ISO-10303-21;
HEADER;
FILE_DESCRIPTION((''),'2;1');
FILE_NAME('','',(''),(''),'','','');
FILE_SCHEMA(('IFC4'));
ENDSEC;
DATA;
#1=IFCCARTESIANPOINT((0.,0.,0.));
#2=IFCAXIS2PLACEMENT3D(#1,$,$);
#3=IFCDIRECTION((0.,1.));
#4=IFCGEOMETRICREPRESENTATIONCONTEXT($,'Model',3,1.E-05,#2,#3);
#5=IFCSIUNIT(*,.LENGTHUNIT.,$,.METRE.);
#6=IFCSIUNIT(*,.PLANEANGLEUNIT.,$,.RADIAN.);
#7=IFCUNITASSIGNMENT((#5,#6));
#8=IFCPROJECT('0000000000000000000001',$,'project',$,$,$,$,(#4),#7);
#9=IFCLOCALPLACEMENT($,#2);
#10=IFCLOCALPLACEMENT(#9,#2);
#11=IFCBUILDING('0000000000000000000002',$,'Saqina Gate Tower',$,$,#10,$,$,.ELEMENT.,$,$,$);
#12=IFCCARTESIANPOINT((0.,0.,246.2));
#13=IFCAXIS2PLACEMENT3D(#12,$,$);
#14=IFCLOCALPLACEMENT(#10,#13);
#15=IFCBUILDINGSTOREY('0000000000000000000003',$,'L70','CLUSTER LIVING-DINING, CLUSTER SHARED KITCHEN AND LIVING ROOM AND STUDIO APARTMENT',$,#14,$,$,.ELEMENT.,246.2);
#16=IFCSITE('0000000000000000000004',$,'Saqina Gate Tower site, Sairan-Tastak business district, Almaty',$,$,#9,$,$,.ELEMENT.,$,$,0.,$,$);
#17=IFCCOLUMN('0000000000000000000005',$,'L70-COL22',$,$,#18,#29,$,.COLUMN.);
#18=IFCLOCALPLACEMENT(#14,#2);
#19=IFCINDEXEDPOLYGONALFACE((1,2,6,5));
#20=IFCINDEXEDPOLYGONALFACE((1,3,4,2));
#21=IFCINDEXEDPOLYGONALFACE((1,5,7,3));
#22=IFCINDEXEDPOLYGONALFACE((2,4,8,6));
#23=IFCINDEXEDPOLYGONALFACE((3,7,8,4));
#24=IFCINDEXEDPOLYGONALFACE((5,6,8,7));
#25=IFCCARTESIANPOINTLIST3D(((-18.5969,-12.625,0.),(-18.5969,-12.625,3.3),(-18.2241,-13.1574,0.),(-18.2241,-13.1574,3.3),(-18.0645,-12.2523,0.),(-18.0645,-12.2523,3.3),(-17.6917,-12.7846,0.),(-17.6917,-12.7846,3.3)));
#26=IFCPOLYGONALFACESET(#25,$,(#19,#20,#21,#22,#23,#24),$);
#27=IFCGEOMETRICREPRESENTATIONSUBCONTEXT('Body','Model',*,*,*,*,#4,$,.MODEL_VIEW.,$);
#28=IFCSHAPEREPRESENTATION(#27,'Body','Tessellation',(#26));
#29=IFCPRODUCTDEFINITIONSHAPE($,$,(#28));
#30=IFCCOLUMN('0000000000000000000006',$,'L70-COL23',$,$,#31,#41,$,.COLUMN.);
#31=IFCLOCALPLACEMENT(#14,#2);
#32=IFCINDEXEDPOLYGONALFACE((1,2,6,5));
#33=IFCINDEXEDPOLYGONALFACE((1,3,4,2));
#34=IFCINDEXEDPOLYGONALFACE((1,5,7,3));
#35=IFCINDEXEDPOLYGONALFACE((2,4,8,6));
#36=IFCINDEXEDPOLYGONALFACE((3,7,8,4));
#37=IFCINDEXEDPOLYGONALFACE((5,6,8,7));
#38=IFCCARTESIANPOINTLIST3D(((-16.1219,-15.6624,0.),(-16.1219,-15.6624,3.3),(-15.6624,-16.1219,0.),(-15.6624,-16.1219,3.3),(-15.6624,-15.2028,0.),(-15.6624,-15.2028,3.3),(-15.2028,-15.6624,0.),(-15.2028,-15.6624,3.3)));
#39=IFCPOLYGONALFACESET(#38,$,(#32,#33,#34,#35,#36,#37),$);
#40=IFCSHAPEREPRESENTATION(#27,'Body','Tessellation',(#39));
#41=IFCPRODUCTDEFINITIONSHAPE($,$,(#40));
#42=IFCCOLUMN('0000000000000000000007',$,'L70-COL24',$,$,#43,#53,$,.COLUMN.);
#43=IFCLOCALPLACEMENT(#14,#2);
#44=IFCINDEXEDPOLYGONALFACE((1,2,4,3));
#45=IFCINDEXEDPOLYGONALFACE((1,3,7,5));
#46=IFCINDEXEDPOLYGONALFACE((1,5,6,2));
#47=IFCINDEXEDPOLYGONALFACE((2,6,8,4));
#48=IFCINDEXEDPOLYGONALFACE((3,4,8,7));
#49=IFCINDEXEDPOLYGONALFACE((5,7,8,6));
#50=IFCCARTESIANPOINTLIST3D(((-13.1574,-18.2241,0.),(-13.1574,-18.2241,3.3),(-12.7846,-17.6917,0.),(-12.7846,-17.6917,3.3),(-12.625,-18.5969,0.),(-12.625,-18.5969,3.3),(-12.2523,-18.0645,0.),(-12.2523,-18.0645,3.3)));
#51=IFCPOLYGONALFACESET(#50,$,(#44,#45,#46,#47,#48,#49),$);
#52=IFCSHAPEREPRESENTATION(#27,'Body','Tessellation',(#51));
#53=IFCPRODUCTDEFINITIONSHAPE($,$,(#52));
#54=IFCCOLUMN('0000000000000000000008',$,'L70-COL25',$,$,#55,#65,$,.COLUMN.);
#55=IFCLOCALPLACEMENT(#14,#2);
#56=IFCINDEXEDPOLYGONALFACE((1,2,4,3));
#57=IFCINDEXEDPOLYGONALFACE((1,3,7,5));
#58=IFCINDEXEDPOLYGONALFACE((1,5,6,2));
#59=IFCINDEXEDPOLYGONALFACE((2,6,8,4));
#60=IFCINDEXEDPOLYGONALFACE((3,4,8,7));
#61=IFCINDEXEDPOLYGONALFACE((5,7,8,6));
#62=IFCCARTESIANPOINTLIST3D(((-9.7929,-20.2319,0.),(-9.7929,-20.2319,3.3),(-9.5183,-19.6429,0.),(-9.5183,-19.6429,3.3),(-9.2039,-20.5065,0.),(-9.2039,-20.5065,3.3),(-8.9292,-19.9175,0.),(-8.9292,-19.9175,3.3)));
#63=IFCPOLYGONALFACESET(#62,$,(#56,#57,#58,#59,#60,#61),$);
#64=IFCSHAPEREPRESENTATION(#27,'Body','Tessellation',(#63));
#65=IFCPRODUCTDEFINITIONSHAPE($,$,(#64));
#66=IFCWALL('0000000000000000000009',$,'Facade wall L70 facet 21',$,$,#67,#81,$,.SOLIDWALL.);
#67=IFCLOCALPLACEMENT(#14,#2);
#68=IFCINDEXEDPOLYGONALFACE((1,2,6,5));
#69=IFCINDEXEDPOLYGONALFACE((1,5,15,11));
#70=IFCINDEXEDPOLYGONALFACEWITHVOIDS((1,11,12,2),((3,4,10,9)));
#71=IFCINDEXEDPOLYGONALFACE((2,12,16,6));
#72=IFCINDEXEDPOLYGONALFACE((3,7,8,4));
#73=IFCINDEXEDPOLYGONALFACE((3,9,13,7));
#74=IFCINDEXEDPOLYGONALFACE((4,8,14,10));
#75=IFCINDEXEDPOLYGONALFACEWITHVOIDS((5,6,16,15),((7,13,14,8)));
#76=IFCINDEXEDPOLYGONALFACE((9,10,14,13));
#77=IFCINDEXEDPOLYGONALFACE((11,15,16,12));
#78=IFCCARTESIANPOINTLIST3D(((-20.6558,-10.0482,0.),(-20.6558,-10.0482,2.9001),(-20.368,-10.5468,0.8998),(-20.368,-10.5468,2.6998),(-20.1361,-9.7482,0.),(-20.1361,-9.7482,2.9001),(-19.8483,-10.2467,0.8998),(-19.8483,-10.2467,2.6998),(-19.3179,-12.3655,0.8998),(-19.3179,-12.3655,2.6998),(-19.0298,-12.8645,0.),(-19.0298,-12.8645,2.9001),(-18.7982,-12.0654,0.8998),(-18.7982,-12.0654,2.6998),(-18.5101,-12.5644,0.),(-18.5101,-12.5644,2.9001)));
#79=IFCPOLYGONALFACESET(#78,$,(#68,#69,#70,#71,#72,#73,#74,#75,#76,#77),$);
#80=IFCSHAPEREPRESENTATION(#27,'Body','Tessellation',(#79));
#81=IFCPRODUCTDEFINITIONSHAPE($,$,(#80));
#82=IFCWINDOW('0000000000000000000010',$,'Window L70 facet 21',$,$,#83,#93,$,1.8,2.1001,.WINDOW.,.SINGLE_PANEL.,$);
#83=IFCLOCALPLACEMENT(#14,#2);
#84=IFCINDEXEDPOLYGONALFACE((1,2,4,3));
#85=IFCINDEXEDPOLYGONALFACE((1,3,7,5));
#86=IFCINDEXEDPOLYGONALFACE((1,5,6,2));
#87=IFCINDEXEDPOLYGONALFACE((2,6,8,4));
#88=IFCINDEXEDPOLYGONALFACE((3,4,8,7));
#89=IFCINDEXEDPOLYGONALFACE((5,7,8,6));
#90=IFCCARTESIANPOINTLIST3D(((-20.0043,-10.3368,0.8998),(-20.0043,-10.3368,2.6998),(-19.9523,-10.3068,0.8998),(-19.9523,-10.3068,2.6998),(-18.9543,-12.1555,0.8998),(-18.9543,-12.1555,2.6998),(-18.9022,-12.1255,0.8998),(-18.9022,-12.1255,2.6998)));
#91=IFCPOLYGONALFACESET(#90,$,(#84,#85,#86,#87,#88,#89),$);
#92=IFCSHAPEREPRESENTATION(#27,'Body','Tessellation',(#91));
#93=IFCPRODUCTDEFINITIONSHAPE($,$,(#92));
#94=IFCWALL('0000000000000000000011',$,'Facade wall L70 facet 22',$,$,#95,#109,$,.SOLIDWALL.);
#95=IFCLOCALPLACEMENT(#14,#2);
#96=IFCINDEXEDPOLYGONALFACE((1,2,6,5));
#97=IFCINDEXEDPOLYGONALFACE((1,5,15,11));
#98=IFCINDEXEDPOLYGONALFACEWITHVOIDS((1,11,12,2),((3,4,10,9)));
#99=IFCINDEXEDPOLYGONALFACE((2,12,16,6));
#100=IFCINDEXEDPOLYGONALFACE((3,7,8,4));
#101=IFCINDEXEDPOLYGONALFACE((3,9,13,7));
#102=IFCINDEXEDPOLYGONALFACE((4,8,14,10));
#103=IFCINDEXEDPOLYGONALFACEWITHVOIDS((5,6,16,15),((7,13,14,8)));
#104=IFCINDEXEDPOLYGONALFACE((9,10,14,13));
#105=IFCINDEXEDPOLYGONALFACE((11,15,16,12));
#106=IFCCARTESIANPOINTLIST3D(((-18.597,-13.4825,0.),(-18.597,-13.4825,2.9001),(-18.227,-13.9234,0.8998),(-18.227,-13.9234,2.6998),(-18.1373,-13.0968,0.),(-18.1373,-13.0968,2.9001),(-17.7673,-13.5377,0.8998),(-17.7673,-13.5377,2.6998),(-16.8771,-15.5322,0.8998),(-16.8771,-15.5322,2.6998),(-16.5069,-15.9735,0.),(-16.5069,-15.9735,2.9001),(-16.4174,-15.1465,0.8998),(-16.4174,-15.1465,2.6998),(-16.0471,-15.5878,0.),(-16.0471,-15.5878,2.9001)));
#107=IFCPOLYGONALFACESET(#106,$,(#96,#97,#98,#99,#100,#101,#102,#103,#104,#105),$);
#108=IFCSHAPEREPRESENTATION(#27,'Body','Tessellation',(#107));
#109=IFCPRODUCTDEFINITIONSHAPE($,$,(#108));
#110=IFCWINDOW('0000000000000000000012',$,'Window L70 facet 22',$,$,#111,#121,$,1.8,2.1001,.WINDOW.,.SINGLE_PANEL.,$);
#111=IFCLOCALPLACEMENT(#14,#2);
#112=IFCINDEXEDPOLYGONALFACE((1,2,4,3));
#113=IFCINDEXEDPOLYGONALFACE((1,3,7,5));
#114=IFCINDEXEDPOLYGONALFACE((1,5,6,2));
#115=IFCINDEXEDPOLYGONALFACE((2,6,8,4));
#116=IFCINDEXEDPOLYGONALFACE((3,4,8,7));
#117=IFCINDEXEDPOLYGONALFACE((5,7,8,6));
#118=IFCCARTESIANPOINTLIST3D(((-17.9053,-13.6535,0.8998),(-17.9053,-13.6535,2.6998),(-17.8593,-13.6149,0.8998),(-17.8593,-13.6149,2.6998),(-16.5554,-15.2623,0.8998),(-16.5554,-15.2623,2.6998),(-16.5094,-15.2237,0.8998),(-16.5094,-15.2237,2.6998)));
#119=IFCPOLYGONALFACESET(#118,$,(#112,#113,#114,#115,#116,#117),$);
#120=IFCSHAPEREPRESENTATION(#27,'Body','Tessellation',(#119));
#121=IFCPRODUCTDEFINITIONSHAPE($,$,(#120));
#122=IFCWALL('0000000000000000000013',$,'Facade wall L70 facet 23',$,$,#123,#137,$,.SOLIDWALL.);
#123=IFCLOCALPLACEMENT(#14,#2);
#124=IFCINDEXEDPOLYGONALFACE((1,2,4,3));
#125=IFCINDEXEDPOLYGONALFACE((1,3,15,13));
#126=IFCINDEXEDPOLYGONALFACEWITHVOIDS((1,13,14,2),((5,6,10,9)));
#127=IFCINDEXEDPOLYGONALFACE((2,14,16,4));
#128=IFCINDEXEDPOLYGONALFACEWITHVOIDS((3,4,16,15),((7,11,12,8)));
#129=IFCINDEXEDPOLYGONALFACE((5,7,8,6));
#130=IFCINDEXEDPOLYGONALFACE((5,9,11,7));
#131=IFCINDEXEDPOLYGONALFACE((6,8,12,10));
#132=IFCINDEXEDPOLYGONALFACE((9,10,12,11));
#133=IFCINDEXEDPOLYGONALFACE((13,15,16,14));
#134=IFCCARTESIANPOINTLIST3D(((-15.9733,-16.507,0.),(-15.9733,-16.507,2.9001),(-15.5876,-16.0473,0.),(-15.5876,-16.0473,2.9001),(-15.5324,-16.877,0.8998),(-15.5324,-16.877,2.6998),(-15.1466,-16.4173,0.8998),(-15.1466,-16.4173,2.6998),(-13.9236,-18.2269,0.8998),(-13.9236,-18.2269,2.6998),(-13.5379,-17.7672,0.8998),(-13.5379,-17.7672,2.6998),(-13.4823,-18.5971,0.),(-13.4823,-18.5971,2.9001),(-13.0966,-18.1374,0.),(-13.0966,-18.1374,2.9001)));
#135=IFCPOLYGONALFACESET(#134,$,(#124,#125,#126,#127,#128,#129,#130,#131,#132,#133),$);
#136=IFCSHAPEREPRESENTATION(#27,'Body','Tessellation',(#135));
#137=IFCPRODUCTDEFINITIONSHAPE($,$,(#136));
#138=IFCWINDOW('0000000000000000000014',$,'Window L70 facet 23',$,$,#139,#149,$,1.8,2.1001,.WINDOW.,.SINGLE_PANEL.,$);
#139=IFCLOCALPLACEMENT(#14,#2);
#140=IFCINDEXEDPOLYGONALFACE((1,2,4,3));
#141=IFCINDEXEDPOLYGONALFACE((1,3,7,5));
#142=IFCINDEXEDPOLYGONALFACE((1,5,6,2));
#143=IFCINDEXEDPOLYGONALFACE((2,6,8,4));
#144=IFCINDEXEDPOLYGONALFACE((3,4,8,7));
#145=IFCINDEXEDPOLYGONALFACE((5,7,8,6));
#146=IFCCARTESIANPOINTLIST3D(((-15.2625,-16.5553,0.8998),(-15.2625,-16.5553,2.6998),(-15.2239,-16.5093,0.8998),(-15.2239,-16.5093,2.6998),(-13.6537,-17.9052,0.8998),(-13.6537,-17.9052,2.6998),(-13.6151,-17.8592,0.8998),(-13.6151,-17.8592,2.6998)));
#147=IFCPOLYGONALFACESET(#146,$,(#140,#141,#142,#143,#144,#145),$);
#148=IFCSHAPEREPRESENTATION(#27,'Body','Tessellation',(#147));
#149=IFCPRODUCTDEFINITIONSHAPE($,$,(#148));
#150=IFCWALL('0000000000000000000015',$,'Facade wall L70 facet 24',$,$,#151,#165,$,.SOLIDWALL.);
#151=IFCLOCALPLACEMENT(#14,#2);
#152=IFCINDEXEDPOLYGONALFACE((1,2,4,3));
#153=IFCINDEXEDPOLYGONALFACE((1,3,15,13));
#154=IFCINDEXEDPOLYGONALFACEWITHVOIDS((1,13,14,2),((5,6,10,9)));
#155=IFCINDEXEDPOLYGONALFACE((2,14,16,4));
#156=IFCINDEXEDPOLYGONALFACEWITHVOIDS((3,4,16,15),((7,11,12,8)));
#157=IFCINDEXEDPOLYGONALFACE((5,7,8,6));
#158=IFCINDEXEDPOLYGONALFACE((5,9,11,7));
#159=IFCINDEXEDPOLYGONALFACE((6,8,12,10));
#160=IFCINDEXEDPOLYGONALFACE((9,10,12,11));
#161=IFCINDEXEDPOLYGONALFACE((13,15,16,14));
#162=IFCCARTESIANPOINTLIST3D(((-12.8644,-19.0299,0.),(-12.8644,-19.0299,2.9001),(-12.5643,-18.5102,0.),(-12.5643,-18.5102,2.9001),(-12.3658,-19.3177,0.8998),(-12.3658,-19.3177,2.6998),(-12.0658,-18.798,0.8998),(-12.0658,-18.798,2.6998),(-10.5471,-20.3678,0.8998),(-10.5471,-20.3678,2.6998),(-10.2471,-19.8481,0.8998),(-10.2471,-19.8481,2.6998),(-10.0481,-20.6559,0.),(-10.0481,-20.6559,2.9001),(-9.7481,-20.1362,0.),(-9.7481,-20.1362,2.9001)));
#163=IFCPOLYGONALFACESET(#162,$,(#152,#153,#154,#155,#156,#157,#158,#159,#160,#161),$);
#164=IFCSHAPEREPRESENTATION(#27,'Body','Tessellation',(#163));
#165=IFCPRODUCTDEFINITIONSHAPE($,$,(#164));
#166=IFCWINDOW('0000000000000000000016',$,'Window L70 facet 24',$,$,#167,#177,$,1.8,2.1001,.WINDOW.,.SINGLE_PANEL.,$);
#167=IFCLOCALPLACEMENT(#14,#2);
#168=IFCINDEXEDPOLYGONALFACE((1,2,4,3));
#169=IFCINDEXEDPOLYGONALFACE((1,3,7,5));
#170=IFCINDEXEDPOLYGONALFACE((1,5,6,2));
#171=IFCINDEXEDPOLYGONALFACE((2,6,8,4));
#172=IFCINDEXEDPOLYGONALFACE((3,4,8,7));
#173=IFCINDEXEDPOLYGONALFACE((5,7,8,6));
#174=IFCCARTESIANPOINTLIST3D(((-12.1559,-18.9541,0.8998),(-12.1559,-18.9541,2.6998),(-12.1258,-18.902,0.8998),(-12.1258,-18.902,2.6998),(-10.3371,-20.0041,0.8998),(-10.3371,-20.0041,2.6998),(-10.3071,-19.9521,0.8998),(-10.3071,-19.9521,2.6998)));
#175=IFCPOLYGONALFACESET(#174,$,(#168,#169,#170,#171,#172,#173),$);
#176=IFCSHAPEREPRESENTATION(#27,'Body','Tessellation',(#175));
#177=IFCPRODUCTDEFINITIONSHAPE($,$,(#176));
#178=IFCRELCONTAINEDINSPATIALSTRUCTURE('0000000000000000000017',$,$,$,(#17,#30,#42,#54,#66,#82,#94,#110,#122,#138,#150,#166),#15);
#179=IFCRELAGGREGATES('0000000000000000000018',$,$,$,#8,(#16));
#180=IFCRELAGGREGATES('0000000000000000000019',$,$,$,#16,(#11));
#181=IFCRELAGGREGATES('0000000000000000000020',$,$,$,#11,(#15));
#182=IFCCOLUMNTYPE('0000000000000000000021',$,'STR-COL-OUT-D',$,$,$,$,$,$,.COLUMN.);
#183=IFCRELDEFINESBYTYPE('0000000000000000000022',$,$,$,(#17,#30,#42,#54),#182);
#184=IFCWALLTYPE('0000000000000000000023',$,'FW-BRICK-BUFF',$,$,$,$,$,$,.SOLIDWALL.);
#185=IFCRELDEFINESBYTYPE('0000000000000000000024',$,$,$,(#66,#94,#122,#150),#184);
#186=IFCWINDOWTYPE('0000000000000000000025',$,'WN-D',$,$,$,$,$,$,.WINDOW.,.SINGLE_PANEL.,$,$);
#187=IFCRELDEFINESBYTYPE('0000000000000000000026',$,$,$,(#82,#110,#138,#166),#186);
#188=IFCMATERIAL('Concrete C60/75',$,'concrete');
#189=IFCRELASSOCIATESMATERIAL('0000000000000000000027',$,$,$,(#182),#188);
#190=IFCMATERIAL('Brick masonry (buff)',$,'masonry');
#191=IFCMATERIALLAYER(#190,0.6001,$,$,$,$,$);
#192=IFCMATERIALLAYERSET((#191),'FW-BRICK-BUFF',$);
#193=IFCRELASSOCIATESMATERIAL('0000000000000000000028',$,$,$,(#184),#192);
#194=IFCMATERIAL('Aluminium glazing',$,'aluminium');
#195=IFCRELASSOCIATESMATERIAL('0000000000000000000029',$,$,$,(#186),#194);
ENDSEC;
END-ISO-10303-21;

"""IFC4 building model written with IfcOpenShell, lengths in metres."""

from ifc_helpers import new_model, si_unit, direction, frame, frame_2d, origin, origin_2d, place, context, subcontext, project, spatial, rectangle, extrude, material, layer, layer_set, material_profile, profile_set, type_object, element, fill, save


model = new_model("IFC4")

# Units and contexts
model_context = context("Model", 3, precision=1e-05, world=origin(), true_north=direction((0.0, 1.0)))
body_context = subcontext(model_context, "Body", "Model", "MODEL_VIEW")
ifc_project = project(units=[si_unit("LENGTHUNIT", "METRE"), si_unit("PLANEANGLEUNIT", "RADIAN")], contexts=[model_context])

# Site, building, storey
site_placement = place(None, origin())
site = spatial("IfcSite", under=ifc_project, at=site_placement, Name="Saqina Gate Tower site, Sairan-Tastak business district, Almaty", CompositionType="ELEMENT", RefElevation=0.0)
building_placement = place(site_placement, origin())
building = spatial("IfcBuilding", under=site, at=building_placement, Name="Saqina Gate Tower", CompositionType="ELEMENT")
storey_placement = place(building_placement, frame((0.0, 0.0, 246.2)))
storey = spatial("IfcBuildingStorey", under=building, at=storey_placement, Name="L70", Description="CLUSTER LIVING-DINING, CLUSTER SHARED KITCHEN AND LIVING ROOM AND STUDIO APARTMENT", CompositionType="ELEMENT", Elevation=246.2)

# Columns
ifc_material_1 = material(Name="Concrete C60/75", Category="concrete")
ifc_material_profile = material_profile(ifc_material_1, rectangle(XDim=0.6499, YDim=0.6499, at=origin_2d()), Name="RC 650x650")
ifc_profile_set = profile_set([ifc_material_profile], Name="Concrete C60/75")
column_type = type_object("IfcColumnType", Name="STR-COL-OUT-D", PredefinedType="COLUMN", material=ifc_profile_set)
for number, where, z_axis, x_axis, name in (
    (1, (-18.1443, -12.7048, 0.0), (0.0, 0.0, 1.0), (-0.819152, -0.573576, 0.0), "L70-COL22"),
    (2, (-15.6624, -15.6624, 0.0), (0.0, 0.0, 1.0), (-0.707107, -0.707107, 0.0), "L70-COL23"),
    (3, (-12.7048, -18.1443, 0.0), (0.0, 0.0, 1.0), (-0.573576, -0.819152, 0.0), "L70-COL24"),
    (4, (-9.3611, -20.0747, 0.0), (0.0, 0.0, 1.0), (-0.422618, -0.906308, 0.0), "L70-COL25"),
):
    element("IfcColumn", number, at=place(storey_placement, frame(where, z_axis=z_axis, x_axis=x_axis)), inside=storey, type_object=column_type, Name=name, PredefinedType="COLUMN", context=body_context, shape_type="SweptSolid", body=[
        extrude(rectangle(XDim=0.6499, YDim=0.6499, at=origin_2d()), origin(), (0.0, 0.0, 1.0), 3.3),
    ])

# Walls, openings, windows
ifc_material_2 = material(Name="Brick masonry (buff)", Category="masonry")
ifc_layer_1 = layer(ifc_material_2, 0.6001)
ifc_layer_set_1 = layer_set([ifc_layer_1], Name="FW-BRICK-BUFF")
wall_type_1 = type_object("IfcWallType", Name="FW-BRICK-BUFF", PredefinedType="SOLIDWALL", material=ifc_layer_set_1)
wall_1_placement = place(storey_placement, frame((-20.396, -9.8982, 0.0), z_axis=(0.0, 0.0, 1.0), x_axis=(0.500015, -0.866017, 0.0)))
wall_1 = element("IfcWall", 5, at=wall_1_placement, inside=storey, type_object=wall_type_1, Name="Facade wall L70 facet 21", PredefinedType="SOLIDWALL", context=body_context, shape_type="SweptSolid", body=[
    extrude(rectangle(XDim=3.252, YDim=0.6001, at=frame_2d((1.626, 0.0))), origin(), (0.0, 0.0, 1.0), 2.9001),
])
opening_1_placement = place(wall_1_placement, frame((0.5757, 0.0, 0.8999)))
opening_1 = element("IfcOpeningElement", 6, at=opening_1_placement, cuts=wall_1, PredefinedType="OPENING", context=body_context, shape_type="SweptSolid", body=[
    extrude(rectangle(XDim=2.1001, YDim=1.8, at=frame_2d((1.05, 0.8999))), frame((0.0, 0.312, 0.0), z_axis=(0.0, -1.0, 0.0), x_axis=(1.0, 0.0, 0.0)), (0.0, 0.0, 1.0), 0.624),
])
ifc_material_3 = material(Name="Aluminium glazing", Category="aluminium")
window_type = type_object("IfcWindowType", Name="WN-D", PartitioningType="SINGLE_PANEL", PredefinedType="WINDOW", material=ifc_material_3)
window_1_placement = place(opening_1_placement, origin())
window_1 = element("IfcWindow", 7, at=window_1_placement, inside=storey, type_object=window_type, Name="Window L70 facet 21", OverallHeight=1.8, OverallWidth=2.1001, PartitioningType="SINGLE_PANEL", PredefinedType="WINDOW", context=body_context, shape_type="SweptSolid", body=[
    extrude(rectangle(XDim=2.1001, YDim=1.8, at=frame_2d((1.05, 0.8999))), frame((0.0, 0.1799, 0.0), z_axis=(0.0, -1.0, 0.0), x_axis=(1.0, 0.0, 0.0)), (0.0, 0.0, 1.0), 0.0601),
])
fill(opening_1, window_1)
wall_2_placement = place(storey_placement, frame((-18.3672, -13.2896, 0.0), z_axis=(0.0, 0.0, 1.0), x_axis=(0.642773, -0.766057, 0.0)))
wall_2 = element("IfcWall", 8, at=wall_2_placement, inside=storey, type_object=wall_type_1, Name="Facade wall L70 facet 22", PredefinedType="SOLIDWALL", context=body_context, shape_type="SweptSolid", body=[
    extrude(rectangle(XDim=3.2517, YDim=0.6001, at=frame_2d((1.626, 0.0))), origin(), (0.0, 0.0, 1.0), 2.9001),
])
opening_2_placement = place(wall_2_placement, frame((0.5757, 0.0, 0.8999)))
opening_2 = element("IfcOpeningElement", 9, at=opening_2_placement, cuts=wall_2, PredefinedType="OPENING", context=body_context, shape_type="SweptSolid", body=[
    extrude(rectangle(XDim=2.1001, YDim=1.8, at=frame_2d((1.05, 0.8999))), frame((0.0, 0.312, 0.0), z_axis=(0.0, -1.0, 0.0), x_axis=(1.0, 0.0, 0.0)), (0.0, 0.0, 1.0), 0.624),
])
window_2_placement = place(opening_2_placement, origin())
window_2 = element("IfcWindow", 10, at=window_2_placement, inside=storey, type_object=window_type, Name="Window L70 facet 22", OverallHeight=1.8, OverallWidth=2.1001, PartitioningType="SINGLE_PANEL", PredefinedType="WINDOW", context=body_context, shape_type="SweptSolid", body=[
    extrude(rectangle(XDim=2.1001, YDim=1.8, at=frame_2d((1.05, 0.8999))), frame((0.0, 0.1799, 0.0), z_axis=(0.0, -1.0, 0.0), x_axis=(1.0, 0.0, 0.0)), (0.0, 0.0, 1.0), 0.0601),
])
fill(opening_2, window_2)
wall_3_placement = place(storey_placement, frame((-15.7805, -16.2771, 0.0), z_axis=(0.0, 0.0, 1.0), x_axis=(0.766057, -0.642773, 0.0)))
wall_3 = element("IfcWall", 11, at=wall_3_placement, inside=storey, type_object=wall_type_1, Name="Facade wall L70 facet 23", PredefinedType="SOLIDWALL", context=body_context, shape_type="SweptSolid", body=[
    extrude(rectangle(XDim=3.2517, YDim=0.6001, at=frame_2d((1.626, 0.0))), origin(), (0.0, 0.0, 1.0), 2.9001),
])
opening_3_placement = place(wall_3_placement, frame((0.5757, 0.0, 0.8999)))
opening_3 = element("IfcOpeningElement", 12, at=opening_3_placement, cuts=wall_3, PredefinedType="OPENING", context=body_context, shape_type="SweptSolid", body=[
    extrude(rectangle(XDim=2.1001, YDim=1.8, at=frame_2d((1.05, 0.8999))), frame((0.0, 0.312, 0.0), z_axis=(0.0, -1.0, 0.0), x_axis=(1.0, 0.0, 0.0)), (0.0, 0.0, 1.0), 0.624),
])
window_3_placement = place(opening_3_placement, origin())
window_3 = element("IfcWindow", 13, at=window_3_placement, inside=storey, type_object=window_type, Name="Window L70 facet 23", OverallHeight=1.8, OverallWidth=2.1001, PartitioningType="SINGLE_PANEL", PredefinedType="WINDOW", context=body_context, shape_type="SweptSolid", body=[
    extrude(rectangle(XDim=2.1001, YDim=1.8, at=frame_2d((1.05, 0.8999))), frame((0.0, 0.1799, 0.0), z_axis=(0.0, -1.0, 0.0), x_axis=(1.0, 0.0, 0.0)), (0.0, 0.0, 1.0), 0.0601),
])
fill(opening_3, window_3)
wall_4_placement = place(storey_placement, frame((-12.7144, -18.77, 0.0), z_axis=(0.0, 0.0, 1.0), x_axis=(0.866017, -0.500015, 0.0)))
wall_4 = element("IfcWall", 14, at=wall_4_placement, inside=storey, type_object=wall_type_1, Name="Facade wall L70 facet 24", PredefinedType="SOLIDWALL", context=body_context, shape_type="SweptSolid", body=[
    extrude(rectangle(XDim=3.252, YDim=0.6001, at=frame_2d((1.626, 0.0))), origin(), (0.0, 0.0, 1.0), 2.9001),
])
opening_4_placement = place(wall_4_placement, frame((0.5757, 0.0, 0.8999)))
opening_4 = element("IfcOpeningElement", 15, at=opening_4_placement, cuts=wall_4, PredefinedType="OPENING", context=body_context, shape_type="SweptSolid", body=[
    extrude(rectangle(XDim=2.1001, YDim=1.8, at=frame_2d((1.05, 0.8999))), frame((0.0, 0.312, 0.0), z_axis=(0.0, -1.0, 0.0), x_axis=(1.0, 0.0, 0.0)), (0.0, 0.0, 1.0), 0.624),
])
window_4_placement = place(opening_4_placement, origin())
window_4 = element("IfcWindow", 16, at=window_4_placement, inside=storey, type_object=window_type, Name="Window L70 facet 24", OverallHeight=1.8, OverallWidth=2.1001, PartitioningType="SINGLE_PANEL", PredefinedType="WINDOW", context=body_context, shape_type="SweptSolid", body=[
    extrude(rectangle(XDim=2.1001, YDim=1.8, at=frame_2d((1.05, 0.8999))), frame((0.0, 0.1799, 0.0), z_axis=(0.0, -1.0, 0.0), x_axis=(1.0, 0.0, 0.0)), (0.0, 0.0, 1.0), 0.0601),
])
fill(opening_4, window_4)

save(model, "model.ifc")
